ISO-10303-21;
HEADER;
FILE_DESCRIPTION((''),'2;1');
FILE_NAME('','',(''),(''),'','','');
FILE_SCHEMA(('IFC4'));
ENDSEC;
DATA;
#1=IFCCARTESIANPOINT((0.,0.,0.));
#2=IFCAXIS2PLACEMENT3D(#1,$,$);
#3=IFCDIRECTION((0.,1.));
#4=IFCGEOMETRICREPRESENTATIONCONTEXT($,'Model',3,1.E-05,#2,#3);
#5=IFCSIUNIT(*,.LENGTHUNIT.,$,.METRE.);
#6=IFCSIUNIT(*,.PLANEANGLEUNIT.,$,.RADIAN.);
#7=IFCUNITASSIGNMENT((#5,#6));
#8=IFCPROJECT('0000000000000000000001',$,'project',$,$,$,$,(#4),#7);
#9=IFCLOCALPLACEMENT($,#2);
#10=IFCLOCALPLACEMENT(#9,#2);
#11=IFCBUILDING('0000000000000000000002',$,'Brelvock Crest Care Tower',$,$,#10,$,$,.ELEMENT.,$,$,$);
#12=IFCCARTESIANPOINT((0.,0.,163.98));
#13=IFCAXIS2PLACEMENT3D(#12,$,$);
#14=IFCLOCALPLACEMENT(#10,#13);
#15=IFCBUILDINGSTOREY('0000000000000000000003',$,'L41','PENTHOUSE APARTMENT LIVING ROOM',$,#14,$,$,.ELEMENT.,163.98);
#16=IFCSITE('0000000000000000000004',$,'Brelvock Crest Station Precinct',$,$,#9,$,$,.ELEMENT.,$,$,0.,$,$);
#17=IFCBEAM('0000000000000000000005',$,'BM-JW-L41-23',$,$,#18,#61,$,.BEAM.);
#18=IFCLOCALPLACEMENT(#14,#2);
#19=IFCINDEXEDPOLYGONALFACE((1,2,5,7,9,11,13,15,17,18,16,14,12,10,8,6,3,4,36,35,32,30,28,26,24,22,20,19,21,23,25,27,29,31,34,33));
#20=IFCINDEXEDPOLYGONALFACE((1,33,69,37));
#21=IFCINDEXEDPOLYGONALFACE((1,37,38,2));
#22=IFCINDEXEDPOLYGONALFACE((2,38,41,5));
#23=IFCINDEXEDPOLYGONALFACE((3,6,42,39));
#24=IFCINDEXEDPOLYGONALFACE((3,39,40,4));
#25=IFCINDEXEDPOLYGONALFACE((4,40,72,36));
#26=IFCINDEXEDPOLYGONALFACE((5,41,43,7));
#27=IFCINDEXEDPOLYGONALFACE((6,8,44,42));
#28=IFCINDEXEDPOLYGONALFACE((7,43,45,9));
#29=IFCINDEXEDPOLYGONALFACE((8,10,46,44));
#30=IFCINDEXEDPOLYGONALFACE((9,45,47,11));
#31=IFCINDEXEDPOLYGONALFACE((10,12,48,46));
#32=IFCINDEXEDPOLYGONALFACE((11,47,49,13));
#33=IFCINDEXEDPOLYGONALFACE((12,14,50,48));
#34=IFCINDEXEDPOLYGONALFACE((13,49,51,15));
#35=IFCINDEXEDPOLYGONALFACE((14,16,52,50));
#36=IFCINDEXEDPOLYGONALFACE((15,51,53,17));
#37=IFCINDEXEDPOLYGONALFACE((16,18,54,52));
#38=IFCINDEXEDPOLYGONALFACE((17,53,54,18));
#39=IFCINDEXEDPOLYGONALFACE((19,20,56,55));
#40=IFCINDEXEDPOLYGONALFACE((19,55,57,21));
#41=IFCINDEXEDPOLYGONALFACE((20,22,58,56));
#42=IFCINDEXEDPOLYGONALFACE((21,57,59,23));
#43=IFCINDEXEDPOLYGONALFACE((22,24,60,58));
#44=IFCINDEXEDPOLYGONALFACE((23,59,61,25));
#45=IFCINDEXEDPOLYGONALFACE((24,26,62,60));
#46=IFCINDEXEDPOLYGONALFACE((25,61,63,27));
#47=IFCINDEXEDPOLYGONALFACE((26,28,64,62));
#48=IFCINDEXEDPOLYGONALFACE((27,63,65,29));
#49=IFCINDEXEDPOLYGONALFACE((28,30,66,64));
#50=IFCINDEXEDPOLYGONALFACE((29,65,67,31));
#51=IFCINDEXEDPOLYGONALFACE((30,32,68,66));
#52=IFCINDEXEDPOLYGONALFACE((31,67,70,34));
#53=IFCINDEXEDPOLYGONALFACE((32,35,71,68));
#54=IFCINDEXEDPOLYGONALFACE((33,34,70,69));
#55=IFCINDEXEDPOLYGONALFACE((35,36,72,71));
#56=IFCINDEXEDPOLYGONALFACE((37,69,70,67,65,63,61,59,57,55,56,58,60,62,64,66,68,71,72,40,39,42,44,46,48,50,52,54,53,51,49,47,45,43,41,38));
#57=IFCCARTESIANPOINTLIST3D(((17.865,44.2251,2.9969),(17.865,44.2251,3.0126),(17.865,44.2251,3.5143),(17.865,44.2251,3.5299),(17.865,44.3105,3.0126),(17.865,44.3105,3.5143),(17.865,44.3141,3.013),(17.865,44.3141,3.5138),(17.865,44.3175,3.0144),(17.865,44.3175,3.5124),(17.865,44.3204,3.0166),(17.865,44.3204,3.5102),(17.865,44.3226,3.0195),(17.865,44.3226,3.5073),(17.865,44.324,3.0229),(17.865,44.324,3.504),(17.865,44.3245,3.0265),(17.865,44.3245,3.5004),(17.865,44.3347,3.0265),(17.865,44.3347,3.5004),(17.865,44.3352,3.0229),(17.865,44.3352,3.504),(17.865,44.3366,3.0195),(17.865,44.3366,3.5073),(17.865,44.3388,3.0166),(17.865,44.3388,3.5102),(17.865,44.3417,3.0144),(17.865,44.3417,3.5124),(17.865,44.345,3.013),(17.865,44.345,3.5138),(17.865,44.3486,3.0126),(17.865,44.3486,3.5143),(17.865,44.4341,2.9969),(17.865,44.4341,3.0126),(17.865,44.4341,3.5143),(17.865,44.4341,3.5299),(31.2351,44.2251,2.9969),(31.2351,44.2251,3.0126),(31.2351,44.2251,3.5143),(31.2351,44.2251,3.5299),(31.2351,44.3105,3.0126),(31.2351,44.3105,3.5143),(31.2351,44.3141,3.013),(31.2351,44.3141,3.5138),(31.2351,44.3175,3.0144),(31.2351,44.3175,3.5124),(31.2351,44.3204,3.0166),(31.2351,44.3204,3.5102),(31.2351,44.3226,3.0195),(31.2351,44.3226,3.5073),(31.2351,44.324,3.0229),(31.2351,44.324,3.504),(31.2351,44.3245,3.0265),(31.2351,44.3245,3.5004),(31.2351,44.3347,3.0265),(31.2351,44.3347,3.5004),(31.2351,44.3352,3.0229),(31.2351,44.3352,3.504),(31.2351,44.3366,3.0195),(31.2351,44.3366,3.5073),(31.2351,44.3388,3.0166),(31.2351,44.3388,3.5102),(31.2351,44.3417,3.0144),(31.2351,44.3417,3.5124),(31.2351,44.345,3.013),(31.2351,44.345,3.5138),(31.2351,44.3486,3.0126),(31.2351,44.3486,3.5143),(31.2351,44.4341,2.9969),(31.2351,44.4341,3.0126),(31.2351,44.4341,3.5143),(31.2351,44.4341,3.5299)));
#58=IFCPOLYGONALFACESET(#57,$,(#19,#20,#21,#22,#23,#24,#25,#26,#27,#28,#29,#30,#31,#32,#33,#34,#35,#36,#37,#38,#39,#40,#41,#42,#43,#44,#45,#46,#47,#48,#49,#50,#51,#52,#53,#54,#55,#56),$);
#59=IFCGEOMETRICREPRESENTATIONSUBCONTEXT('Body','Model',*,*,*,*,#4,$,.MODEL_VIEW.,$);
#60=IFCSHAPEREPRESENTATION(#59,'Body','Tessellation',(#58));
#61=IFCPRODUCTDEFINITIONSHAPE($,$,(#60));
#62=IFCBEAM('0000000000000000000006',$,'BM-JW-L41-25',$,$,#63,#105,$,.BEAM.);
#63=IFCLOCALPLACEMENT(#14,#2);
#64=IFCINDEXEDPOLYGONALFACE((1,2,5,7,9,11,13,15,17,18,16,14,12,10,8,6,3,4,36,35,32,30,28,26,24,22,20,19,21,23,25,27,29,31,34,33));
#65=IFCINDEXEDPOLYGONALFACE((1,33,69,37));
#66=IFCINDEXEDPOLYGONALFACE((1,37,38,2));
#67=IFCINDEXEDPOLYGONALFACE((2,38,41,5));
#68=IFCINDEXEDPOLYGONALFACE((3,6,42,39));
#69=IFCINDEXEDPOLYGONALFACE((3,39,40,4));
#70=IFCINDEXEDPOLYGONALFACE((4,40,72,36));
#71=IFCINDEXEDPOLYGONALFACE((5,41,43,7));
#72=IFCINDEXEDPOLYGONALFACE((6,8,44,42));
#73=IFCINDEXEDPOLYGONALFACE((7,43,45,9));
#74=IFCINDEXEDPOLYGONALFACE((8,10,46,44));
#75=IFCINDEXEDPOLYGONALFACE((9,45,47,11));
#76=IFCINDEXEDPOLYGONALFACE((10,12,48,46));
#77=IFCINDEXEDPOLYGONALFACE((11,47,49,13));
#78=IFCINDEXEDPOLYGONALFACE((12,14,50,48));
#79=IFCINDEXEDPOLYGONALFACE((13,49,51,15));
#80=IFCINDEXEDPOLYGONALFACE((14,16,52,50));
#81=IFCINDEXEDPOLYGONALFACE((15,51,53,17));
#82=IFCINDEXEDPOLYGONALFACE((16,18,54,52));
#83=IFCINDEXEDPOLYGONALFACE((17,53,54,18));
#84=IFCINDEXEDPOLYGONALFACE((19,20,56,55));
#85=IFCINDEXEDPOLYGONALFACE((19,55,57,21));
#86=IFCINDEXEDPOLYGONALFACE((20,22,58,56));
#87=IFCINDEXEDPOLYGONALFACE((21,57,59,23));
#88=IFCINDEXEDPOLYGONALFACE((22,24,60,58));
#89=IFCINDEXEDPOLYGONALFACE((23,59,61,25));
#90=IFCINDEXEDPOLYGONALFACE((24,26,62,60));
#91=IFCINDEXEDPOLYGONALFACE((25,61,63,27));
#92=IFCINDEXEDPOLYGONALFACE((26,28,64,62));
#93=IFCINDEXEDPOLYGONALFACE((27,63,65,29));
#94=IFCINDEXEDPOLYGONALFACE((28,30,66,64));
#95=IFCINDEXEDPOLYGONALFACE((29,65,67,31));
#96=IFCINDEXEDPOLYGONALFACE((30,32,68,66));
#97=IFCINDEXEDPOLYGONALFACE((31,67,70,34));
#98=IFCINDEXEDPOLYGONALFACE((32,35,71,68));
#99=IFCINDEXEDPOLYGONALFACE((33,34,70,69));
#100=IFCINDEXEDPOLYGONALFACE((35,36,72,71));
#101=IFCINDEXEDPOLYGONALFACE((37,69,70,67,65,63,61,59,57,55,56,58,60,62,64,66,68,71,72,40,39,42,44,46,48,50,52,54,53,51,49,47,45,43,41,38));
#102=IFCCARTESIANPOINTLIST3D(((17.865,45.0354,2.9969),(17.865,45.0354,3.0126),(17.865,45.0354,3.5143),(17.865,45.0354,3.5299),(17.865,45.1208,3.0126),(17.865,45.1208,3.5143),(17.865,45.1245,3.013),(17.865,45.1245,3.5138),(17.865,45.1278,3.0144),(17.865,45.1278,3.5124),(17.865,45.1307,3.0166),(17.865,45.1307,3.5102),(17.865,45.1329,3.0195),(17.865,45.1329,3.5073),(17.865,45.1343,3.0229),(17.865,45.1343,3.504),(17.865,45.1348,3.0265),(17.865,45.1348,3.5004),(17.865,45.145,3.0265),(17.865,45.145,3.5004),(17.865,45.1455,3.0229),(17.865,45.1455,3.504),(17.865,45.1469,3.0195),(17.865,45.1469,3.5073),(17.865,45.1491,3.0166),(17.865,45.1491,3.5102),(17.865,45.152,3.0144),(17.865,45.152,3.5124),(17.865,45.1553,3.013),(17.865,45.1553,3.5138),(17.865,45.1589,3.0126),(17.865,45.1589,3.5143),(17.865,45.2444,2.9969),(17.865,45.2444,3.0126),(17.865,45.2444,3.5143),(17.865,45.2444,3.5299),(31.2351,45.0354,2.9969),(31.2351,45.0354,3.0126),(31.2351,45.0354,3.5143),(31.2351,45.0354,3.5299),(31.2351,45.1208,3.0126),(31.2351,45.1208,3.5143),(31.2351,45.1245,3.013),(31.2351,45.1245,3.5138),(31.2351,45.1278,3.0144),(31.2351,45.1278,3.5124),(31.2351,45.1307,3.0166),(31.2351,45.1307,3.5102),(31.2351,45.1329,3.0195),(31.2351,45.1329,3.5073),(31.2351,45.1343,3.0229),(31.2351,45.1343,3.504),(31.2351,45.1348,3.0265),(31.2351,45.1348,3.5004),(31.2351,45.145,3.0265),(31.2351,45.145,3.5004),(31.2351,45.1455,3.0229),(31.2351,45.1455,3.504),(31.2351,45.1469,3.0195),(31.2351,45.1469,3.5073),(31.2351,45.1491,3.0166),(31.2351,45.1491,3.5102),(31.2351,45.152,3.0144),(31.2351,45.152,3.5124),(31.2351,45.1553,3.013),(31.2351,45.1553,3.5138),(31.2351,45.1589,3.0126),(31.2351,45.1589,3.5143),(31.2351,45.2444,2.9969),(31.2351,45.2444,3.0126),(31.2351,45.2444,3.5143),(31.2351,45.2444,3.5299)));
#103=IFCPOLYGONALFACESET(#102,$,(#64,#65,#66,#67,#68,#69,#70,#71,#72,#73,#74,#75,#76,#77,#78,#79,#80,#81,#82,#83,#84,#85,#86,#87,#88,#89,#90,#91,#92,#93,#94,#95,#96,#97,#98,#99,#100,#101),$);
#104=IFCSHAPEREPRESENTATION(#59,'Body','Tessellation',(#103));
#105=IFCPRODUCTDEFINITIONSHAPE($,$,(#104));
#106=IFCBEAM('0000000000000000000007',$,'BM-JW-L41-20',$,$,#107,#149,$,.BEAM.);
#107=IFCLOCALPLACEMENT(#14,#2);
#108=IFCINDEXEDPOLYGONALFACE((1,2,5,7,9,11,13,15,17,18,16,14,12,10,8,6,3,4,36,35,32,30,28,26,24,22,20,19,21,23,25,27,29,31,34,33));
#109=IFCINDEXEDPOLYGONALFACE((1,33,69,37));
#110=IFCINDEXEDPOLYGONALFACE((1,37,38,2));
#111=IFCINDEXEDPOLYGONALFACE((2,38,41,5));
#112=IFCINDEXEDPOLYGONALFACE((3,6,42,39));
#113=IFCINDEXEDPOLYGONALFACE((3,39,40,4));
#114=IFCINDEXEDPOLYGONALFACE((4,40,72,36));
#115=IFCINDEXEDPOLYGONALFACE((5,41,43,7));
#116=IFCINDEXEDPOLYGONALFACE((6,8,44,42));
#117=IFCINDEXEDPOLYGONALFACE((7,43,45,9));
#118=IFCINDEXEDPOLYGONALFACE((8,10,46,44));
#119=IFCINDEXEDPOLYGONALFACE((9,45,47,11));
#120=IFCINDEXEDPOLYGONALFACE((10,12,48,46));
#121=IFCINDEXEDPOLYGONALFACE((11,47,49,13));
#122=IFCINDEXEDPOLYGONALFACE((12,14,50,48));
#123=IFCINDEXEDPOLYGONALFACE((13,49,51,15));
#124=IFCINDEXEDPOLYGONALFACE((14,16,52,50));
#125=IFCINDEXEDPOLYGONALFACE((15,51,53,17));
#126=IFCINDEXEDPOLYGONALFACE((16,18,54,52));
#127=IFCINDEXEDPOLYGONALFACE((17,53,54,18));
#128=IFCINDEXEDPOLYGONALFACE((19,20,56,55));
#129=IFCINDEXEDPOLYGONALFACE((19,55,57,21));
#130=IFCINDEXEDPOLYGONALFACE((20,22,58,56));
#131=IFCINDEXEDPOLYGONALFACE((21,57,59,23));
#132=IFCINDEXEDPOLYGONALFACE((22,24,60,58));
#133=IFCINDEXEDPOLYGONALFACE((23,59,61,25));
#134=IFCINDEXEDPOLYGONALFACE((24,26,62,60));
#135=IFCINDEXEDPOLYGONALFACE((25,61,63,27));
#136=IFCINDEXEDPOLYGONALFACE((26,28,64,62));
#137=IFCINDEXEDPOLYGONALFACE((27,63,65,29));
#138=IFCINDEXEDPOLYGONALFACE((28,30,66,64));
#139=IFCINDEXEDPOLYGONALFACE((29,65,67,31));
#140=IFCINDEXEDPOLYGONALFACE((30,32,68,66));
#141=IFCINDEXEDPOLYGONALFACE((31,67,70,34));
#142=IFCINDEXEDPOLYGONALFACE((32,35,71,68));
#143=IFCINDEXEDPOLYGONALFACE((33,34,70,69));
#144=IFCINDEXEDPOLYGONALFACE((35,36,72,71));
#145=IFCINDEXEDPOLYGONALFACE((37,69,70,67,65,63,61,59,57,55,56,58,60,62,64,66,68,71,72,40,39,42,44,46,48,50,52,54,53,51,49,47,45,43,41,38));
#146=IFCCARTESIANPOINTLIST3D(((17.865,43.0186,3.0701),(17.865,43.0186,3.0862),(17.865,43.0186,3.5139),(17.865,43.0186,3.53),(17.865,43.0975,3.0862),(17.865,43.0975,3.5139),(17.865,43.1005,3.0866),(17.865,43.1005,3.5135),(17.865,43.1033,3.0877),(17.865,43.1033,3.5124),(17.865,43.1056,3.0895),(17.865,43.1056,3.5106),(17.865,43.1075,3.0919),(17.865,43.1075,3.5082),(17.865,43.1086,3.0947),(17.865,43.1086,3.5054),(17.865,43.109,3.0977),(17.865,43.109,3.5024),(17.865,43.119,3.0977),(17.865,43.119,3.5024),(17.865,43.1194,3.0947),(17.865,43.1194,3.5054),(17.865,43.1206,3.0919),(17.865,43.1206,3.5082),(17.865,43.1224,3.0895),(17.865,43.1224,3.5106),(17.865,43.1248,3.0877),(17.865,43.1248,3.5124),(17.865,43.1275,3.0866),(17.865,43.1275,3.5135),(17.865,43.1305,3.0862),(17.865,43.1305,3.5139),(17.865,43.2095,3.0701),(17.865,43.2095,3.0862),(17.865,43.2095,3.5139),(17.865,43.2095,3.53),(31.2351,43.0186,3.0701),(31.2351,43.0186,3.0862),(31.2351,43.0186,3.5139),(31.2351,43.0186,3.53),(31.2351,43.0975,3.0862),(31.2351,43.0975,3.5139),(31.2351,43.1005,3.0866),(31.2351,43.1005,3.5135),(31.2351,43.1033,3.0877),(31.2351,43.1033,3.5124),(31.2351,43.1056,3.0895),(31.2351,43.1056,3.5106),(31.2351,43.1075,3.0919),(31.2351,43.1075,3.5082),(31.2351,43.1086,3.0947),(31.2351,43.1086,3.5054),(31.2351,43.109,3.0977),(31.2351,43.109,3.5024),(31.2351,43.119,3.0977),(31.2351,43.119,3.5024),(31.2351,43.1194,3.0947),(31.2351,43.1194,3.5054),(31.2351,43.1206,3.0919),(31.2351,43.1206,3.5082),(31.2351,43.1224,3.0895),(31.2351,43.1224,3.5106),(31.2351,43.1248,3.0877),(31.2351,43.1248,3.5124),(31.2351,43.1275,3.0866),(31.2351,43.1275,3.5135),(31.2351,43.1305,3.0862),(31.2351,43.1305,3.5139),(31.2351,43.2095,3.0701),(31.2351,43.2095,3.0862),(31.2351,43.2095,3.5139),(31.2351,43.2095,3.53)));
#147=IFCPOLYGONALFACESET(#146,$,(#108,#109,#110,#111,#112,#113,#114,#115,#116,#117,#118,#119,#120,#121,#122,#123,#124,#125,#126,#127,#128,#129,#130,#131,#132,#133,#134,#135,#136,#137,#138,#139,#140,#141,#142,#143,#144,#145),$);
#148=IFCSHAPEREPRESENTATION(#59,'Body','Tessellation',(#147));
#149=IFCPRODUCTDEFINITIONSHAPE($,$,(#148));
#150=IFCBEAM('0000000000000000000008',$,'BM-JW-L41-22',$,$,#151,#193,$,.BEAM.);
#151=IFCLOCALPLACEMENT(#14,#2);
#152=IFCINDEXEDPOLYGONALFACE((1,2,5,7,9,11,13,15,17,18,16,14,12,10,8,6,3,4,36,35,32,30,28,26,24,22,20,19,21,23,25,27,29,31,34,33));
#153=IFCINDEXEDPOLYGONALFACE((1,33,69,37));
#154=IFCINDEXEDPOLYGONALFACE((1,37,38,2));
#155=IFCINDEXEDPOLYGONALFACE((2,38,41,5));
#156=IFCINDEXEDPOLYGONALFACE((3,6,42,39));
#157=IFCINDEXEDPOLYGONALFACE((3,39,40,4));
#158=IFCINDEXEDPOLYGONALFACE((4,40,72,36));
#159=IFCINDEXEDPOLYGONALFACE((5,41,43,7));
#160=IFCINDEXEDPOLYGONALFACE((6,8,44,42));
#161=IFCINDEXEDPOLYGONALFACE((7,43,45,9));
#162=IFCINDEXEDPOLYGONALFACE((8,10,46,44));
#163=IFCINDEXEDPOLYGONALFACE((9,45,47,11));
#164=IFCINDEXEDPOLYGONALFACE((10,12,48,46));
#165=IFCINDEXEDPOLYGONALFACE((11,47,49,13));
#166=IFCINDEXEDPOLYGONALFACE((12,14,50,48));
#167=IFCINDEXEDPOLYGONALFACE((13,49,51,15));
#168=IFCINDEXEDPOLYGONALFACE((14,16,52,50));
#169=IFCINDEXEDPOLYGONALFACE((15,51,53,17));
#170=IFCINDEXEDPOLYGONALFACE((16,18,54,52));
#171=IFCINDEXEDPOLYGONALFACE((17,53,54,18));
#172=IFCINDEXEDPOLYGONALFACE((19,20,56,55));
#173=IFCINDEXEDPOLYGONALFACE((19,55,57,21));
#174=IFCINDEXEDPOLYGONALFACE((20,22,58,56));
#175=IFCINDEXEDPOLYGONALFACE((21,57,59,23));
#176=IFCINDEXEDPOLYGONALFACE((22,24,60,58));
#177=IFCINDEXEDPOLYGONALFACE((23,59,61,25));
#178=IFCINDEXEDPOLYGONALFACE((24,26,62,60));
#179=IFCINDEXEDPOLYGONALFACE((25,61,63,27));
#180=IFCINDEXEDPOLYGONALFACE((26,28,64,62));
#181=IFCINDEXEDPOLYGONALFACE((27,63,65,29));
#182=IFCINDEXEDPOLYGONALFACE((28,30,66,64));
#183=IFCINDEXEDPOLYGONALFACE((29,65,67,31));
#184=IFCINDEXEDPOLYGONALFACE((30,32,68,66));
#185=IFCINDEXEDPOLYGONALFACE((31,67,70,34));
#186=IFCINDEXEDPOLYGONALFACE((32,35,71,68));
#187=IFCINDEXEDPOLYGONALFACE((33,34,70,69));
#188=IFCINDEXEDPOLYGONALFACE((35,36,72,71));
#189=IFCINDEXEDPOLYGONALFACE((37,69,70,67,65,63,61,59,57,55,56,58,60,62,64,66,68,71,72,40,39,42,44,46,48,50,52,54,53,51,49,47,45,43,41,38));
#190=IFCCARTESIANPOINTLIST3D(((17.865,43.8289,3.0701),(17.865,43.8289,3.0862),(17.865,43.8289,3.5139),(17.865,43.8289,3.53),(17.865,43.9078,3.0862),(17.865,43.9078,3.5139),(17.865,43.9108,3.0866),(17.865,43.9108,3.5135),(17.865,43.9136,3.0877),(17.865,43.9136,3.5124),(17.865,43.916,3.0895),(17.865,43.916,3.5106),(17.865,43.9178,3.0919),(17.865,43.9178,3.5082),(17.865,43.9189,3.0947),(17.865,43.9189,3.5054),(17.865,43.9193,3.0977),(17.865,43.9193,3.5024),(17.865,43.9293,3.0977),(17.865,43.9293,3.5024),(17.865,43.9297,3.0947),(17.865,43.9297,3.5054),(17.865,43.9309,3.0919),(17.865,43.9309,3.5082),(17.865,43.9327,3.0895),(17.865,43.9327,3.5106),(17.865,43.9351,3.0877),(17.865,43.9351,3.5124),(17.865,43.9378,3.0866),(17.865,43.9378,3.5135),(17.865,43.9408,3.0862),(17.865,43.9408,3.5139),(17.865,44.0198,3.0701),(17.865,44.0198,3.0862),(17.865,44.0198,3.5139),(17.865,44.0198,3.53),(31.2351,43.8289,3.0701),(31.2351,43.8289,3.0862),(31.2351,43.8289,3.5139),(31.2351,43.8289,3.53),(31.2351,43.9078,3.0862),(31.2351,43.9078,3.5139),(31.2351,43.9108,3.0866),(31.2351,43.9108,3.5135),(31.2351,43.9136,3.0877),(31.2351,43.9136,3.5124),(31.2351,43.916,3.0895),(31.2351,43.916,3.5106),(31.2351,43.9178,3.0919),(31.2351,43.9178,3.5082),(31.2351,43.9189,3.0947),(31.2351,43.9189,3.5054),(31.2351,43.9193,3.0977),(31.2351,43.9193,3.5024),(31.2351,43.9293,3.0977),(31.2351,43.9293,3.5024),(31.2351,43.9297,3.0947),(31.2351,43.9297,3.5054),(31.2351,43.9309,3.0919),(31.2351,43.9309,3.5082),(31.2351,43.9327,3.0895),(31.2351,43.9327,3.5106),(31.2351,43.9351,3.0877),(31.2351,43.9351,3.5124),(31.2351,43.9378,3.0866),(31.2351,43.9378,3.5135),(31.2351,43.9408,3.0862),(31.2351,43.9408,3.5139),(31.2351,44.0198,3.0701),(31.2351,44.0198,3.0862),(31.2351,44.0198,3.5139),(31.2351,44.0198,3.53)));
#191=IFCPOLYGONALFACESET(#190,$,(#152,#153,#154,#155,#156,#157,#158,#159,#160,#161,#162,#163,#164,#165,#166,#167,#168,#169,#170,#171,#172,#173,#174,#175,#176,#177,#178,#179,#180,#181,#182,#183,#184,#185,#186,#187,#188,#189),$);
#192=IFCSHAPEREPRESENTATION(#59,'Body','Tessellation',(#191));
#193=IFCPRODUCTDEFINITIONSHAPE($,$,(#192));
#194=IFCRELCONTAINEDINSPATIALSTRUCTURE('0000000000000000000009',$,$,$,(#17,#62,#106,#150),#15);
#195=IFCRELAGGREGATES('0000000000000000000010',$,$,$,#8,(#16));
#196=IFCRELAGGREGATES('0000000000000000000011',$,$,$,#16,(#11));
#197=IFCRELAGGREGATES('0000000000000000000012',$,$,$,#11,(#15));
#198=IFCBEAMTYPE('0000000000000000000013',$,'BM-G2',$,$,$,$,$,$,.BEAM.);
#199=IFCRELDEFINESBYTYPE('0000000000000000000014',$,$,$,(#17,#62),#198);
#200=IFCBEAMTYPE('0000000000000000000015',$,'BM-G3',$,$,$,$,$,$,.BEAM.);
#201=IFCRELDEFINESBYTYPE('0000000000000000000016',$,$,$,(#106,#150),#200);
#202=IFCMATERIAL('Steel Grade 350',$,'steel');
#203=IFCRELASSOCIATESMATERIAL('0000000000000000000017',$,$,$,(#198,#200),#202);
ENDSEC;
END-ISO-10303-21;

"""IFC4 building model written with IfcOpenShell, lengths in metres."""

from ifc_helpers import new_model, si_unit, direction, frame, origin, origin_2d, place, context, subcontext, project, spatial, i_section, extrude, source, transform, mapped, material, material_profile, profile_set, type_object, element, save


model = new_model("IFC4")

# Units and contexts
model_context = context("Model", 3, precision=1e-05, world=origin(), true_north=direction((0.0, 1.0)))
body_context = subcontext(model_context, "Body", "Model", "MODEL_VIEW")
ifc_project = project(units=[si_unit("LENGTHUNIT", "METRE"), si_unit("PLANEANGLEUNIT", "RADIAN")], contexts=[model_context])

# Site, building, storey
site_placement = place(None, origin())
site = spatial("IfcSite", under=ifc_project, at=site_placement, Name="Brelvock Crest Station Precinct", CompositionType="ELEMENT", RefElevation=0.0)
building_placement = place(site_placement, origin())
building = spatial("IfcBuilding", under=site, at=building_placement, Name="Brelvock Crest Care Tower", CompositionType="ELEMENT")
storey_placement = place(building_placement, frame((0.0, 0.0, 163.98)))
storey = spatial("IfcBuildingStorey", under=building, at=storey_placement, Name="L41", Description="PENTHOUSE APARTMENT LIVING ROOM", CompositionType="ELEMENT", Elevation=163.98)

# Beams
ifc_material_1 = material(Name="Steel Grade 350", Category="steel")
ifc_material_profile_1 = material_profile(ifc_material_1, i_section(OverallWidth=0.209, OverallDepth=0.533, WebThickness=0.0103, FlangeThickness=0.0156, FilletRadius=0.0139, at=origin_2d()), Name="530UB92.4")
ifc_profile_set_1 = profile_set([ifc_material_profile_1], Name="Steel Grade 350")
beam_type_1 = type_object("IfcBeamType", Name="BM-G2", PredefinedType="BEAM", material=ifc_profile_set_1)
shared_shape_1 = source(origin(), body_context, "Body", "SweptSolid", [
    extrude(i_section(OverallWidth=0.209, OverallDepth=0.533, WebThickness=0.0103, FlangeThickness=0.0156, FilletRadius=0.0139, at=origin_2d()), origin(), (0.0, 0.0, 1.0), 13.3701),
])
for number, where, z_axis, x_axis, name in (
    (1, (17.865, 44.3296, 3.2634), (1.0, 0.0, 0.0), (0.0, 1.0, 0.0), "BM-JW-L41-23"),
    (2, (17.865, 45.1399, 3.2634), (1.0, 0.0, 0.0), (0.0, 1.0, 0.0), "BM-JW-L41-25"),
):
    element("IfcBeam", number, at=place(storey_placement, frame(where, z_axis=z_axis, x_axis=x_axis)), inside=storey, type_object=beam_type_1, Name=name, PredefinedType="BEAM", context=body_context, shape_type="MappedRepresentation", body=[
        mapped(shared_shape_1, transform((0.0, 0.0, 0.0), x_axis=(1.0, 0.0, 0.0), y_axis=(0.0, 1.0, 0.0), z_axis=(0.0, 0.0, 1.0), scale=1.0)),
    ])
ifc_material_profile_2 = material_profile(ifc_material_1, i_section(OverallWidth=0.1909, OverallDepth=0.46, WebThickness=0.01, FlangeThickness=0.0161, FilletRadius=0.0115, at=origin_2d()), Name="460UB82.1")
ifc_profile_set_2 = profile_set([ifc_material_profile_2], Name="Steel Grade 350")
beam_type_2 = type_object("IfcBeamType", Name="BM-G3", PredefinedType="BEAM", material=ifc_profile_set_2)
shared_shape_2 = source(origin(), body_context, "Body", "SweptSolid", [
    extrude(i_section(OverallWidth=0.1909, OverallDepth=0.46, WebThickness=0.01, FlangeThickness=0.0161, FilletRadius=0.0115, at=origin_2d()), origin(), (0.0, 0.0, 1.0), 13.3701),
])
for number, where, z_axis, x_axis, name in (
    (3, (17.865, 43.114, 3.3), (1.0, 0.0, 0.0), (0.0, 1.0, 0.0), "BM-JW-L41-20"),
    (4, (17.865, 43.9243, 3.3), (1.0, 0.0, 0.0), (0.0, 1.0, 0.0), "BM-JW-L41-22"),
):
    element("IfcBeam", number, at=place(storey_placement, frame(where, z_axis=z_axis, x_axis=x_axis)), inside=storey, type_object=beam_type_2, Name=name, PredefinedType="BEAM", context=body_context, shape_type="MappedRepresentation", body=[
        mapped(shared_shape_2, transform((0.0, 0.0, 0.0), x_axis=(1.0, 0.0, 0.0), y_axis=(0.0, 1.0, 0.0), z_axis=(0.0, 0.0, 1.0), scale=1.0)),
    ])

save(model, "model.ifc")
